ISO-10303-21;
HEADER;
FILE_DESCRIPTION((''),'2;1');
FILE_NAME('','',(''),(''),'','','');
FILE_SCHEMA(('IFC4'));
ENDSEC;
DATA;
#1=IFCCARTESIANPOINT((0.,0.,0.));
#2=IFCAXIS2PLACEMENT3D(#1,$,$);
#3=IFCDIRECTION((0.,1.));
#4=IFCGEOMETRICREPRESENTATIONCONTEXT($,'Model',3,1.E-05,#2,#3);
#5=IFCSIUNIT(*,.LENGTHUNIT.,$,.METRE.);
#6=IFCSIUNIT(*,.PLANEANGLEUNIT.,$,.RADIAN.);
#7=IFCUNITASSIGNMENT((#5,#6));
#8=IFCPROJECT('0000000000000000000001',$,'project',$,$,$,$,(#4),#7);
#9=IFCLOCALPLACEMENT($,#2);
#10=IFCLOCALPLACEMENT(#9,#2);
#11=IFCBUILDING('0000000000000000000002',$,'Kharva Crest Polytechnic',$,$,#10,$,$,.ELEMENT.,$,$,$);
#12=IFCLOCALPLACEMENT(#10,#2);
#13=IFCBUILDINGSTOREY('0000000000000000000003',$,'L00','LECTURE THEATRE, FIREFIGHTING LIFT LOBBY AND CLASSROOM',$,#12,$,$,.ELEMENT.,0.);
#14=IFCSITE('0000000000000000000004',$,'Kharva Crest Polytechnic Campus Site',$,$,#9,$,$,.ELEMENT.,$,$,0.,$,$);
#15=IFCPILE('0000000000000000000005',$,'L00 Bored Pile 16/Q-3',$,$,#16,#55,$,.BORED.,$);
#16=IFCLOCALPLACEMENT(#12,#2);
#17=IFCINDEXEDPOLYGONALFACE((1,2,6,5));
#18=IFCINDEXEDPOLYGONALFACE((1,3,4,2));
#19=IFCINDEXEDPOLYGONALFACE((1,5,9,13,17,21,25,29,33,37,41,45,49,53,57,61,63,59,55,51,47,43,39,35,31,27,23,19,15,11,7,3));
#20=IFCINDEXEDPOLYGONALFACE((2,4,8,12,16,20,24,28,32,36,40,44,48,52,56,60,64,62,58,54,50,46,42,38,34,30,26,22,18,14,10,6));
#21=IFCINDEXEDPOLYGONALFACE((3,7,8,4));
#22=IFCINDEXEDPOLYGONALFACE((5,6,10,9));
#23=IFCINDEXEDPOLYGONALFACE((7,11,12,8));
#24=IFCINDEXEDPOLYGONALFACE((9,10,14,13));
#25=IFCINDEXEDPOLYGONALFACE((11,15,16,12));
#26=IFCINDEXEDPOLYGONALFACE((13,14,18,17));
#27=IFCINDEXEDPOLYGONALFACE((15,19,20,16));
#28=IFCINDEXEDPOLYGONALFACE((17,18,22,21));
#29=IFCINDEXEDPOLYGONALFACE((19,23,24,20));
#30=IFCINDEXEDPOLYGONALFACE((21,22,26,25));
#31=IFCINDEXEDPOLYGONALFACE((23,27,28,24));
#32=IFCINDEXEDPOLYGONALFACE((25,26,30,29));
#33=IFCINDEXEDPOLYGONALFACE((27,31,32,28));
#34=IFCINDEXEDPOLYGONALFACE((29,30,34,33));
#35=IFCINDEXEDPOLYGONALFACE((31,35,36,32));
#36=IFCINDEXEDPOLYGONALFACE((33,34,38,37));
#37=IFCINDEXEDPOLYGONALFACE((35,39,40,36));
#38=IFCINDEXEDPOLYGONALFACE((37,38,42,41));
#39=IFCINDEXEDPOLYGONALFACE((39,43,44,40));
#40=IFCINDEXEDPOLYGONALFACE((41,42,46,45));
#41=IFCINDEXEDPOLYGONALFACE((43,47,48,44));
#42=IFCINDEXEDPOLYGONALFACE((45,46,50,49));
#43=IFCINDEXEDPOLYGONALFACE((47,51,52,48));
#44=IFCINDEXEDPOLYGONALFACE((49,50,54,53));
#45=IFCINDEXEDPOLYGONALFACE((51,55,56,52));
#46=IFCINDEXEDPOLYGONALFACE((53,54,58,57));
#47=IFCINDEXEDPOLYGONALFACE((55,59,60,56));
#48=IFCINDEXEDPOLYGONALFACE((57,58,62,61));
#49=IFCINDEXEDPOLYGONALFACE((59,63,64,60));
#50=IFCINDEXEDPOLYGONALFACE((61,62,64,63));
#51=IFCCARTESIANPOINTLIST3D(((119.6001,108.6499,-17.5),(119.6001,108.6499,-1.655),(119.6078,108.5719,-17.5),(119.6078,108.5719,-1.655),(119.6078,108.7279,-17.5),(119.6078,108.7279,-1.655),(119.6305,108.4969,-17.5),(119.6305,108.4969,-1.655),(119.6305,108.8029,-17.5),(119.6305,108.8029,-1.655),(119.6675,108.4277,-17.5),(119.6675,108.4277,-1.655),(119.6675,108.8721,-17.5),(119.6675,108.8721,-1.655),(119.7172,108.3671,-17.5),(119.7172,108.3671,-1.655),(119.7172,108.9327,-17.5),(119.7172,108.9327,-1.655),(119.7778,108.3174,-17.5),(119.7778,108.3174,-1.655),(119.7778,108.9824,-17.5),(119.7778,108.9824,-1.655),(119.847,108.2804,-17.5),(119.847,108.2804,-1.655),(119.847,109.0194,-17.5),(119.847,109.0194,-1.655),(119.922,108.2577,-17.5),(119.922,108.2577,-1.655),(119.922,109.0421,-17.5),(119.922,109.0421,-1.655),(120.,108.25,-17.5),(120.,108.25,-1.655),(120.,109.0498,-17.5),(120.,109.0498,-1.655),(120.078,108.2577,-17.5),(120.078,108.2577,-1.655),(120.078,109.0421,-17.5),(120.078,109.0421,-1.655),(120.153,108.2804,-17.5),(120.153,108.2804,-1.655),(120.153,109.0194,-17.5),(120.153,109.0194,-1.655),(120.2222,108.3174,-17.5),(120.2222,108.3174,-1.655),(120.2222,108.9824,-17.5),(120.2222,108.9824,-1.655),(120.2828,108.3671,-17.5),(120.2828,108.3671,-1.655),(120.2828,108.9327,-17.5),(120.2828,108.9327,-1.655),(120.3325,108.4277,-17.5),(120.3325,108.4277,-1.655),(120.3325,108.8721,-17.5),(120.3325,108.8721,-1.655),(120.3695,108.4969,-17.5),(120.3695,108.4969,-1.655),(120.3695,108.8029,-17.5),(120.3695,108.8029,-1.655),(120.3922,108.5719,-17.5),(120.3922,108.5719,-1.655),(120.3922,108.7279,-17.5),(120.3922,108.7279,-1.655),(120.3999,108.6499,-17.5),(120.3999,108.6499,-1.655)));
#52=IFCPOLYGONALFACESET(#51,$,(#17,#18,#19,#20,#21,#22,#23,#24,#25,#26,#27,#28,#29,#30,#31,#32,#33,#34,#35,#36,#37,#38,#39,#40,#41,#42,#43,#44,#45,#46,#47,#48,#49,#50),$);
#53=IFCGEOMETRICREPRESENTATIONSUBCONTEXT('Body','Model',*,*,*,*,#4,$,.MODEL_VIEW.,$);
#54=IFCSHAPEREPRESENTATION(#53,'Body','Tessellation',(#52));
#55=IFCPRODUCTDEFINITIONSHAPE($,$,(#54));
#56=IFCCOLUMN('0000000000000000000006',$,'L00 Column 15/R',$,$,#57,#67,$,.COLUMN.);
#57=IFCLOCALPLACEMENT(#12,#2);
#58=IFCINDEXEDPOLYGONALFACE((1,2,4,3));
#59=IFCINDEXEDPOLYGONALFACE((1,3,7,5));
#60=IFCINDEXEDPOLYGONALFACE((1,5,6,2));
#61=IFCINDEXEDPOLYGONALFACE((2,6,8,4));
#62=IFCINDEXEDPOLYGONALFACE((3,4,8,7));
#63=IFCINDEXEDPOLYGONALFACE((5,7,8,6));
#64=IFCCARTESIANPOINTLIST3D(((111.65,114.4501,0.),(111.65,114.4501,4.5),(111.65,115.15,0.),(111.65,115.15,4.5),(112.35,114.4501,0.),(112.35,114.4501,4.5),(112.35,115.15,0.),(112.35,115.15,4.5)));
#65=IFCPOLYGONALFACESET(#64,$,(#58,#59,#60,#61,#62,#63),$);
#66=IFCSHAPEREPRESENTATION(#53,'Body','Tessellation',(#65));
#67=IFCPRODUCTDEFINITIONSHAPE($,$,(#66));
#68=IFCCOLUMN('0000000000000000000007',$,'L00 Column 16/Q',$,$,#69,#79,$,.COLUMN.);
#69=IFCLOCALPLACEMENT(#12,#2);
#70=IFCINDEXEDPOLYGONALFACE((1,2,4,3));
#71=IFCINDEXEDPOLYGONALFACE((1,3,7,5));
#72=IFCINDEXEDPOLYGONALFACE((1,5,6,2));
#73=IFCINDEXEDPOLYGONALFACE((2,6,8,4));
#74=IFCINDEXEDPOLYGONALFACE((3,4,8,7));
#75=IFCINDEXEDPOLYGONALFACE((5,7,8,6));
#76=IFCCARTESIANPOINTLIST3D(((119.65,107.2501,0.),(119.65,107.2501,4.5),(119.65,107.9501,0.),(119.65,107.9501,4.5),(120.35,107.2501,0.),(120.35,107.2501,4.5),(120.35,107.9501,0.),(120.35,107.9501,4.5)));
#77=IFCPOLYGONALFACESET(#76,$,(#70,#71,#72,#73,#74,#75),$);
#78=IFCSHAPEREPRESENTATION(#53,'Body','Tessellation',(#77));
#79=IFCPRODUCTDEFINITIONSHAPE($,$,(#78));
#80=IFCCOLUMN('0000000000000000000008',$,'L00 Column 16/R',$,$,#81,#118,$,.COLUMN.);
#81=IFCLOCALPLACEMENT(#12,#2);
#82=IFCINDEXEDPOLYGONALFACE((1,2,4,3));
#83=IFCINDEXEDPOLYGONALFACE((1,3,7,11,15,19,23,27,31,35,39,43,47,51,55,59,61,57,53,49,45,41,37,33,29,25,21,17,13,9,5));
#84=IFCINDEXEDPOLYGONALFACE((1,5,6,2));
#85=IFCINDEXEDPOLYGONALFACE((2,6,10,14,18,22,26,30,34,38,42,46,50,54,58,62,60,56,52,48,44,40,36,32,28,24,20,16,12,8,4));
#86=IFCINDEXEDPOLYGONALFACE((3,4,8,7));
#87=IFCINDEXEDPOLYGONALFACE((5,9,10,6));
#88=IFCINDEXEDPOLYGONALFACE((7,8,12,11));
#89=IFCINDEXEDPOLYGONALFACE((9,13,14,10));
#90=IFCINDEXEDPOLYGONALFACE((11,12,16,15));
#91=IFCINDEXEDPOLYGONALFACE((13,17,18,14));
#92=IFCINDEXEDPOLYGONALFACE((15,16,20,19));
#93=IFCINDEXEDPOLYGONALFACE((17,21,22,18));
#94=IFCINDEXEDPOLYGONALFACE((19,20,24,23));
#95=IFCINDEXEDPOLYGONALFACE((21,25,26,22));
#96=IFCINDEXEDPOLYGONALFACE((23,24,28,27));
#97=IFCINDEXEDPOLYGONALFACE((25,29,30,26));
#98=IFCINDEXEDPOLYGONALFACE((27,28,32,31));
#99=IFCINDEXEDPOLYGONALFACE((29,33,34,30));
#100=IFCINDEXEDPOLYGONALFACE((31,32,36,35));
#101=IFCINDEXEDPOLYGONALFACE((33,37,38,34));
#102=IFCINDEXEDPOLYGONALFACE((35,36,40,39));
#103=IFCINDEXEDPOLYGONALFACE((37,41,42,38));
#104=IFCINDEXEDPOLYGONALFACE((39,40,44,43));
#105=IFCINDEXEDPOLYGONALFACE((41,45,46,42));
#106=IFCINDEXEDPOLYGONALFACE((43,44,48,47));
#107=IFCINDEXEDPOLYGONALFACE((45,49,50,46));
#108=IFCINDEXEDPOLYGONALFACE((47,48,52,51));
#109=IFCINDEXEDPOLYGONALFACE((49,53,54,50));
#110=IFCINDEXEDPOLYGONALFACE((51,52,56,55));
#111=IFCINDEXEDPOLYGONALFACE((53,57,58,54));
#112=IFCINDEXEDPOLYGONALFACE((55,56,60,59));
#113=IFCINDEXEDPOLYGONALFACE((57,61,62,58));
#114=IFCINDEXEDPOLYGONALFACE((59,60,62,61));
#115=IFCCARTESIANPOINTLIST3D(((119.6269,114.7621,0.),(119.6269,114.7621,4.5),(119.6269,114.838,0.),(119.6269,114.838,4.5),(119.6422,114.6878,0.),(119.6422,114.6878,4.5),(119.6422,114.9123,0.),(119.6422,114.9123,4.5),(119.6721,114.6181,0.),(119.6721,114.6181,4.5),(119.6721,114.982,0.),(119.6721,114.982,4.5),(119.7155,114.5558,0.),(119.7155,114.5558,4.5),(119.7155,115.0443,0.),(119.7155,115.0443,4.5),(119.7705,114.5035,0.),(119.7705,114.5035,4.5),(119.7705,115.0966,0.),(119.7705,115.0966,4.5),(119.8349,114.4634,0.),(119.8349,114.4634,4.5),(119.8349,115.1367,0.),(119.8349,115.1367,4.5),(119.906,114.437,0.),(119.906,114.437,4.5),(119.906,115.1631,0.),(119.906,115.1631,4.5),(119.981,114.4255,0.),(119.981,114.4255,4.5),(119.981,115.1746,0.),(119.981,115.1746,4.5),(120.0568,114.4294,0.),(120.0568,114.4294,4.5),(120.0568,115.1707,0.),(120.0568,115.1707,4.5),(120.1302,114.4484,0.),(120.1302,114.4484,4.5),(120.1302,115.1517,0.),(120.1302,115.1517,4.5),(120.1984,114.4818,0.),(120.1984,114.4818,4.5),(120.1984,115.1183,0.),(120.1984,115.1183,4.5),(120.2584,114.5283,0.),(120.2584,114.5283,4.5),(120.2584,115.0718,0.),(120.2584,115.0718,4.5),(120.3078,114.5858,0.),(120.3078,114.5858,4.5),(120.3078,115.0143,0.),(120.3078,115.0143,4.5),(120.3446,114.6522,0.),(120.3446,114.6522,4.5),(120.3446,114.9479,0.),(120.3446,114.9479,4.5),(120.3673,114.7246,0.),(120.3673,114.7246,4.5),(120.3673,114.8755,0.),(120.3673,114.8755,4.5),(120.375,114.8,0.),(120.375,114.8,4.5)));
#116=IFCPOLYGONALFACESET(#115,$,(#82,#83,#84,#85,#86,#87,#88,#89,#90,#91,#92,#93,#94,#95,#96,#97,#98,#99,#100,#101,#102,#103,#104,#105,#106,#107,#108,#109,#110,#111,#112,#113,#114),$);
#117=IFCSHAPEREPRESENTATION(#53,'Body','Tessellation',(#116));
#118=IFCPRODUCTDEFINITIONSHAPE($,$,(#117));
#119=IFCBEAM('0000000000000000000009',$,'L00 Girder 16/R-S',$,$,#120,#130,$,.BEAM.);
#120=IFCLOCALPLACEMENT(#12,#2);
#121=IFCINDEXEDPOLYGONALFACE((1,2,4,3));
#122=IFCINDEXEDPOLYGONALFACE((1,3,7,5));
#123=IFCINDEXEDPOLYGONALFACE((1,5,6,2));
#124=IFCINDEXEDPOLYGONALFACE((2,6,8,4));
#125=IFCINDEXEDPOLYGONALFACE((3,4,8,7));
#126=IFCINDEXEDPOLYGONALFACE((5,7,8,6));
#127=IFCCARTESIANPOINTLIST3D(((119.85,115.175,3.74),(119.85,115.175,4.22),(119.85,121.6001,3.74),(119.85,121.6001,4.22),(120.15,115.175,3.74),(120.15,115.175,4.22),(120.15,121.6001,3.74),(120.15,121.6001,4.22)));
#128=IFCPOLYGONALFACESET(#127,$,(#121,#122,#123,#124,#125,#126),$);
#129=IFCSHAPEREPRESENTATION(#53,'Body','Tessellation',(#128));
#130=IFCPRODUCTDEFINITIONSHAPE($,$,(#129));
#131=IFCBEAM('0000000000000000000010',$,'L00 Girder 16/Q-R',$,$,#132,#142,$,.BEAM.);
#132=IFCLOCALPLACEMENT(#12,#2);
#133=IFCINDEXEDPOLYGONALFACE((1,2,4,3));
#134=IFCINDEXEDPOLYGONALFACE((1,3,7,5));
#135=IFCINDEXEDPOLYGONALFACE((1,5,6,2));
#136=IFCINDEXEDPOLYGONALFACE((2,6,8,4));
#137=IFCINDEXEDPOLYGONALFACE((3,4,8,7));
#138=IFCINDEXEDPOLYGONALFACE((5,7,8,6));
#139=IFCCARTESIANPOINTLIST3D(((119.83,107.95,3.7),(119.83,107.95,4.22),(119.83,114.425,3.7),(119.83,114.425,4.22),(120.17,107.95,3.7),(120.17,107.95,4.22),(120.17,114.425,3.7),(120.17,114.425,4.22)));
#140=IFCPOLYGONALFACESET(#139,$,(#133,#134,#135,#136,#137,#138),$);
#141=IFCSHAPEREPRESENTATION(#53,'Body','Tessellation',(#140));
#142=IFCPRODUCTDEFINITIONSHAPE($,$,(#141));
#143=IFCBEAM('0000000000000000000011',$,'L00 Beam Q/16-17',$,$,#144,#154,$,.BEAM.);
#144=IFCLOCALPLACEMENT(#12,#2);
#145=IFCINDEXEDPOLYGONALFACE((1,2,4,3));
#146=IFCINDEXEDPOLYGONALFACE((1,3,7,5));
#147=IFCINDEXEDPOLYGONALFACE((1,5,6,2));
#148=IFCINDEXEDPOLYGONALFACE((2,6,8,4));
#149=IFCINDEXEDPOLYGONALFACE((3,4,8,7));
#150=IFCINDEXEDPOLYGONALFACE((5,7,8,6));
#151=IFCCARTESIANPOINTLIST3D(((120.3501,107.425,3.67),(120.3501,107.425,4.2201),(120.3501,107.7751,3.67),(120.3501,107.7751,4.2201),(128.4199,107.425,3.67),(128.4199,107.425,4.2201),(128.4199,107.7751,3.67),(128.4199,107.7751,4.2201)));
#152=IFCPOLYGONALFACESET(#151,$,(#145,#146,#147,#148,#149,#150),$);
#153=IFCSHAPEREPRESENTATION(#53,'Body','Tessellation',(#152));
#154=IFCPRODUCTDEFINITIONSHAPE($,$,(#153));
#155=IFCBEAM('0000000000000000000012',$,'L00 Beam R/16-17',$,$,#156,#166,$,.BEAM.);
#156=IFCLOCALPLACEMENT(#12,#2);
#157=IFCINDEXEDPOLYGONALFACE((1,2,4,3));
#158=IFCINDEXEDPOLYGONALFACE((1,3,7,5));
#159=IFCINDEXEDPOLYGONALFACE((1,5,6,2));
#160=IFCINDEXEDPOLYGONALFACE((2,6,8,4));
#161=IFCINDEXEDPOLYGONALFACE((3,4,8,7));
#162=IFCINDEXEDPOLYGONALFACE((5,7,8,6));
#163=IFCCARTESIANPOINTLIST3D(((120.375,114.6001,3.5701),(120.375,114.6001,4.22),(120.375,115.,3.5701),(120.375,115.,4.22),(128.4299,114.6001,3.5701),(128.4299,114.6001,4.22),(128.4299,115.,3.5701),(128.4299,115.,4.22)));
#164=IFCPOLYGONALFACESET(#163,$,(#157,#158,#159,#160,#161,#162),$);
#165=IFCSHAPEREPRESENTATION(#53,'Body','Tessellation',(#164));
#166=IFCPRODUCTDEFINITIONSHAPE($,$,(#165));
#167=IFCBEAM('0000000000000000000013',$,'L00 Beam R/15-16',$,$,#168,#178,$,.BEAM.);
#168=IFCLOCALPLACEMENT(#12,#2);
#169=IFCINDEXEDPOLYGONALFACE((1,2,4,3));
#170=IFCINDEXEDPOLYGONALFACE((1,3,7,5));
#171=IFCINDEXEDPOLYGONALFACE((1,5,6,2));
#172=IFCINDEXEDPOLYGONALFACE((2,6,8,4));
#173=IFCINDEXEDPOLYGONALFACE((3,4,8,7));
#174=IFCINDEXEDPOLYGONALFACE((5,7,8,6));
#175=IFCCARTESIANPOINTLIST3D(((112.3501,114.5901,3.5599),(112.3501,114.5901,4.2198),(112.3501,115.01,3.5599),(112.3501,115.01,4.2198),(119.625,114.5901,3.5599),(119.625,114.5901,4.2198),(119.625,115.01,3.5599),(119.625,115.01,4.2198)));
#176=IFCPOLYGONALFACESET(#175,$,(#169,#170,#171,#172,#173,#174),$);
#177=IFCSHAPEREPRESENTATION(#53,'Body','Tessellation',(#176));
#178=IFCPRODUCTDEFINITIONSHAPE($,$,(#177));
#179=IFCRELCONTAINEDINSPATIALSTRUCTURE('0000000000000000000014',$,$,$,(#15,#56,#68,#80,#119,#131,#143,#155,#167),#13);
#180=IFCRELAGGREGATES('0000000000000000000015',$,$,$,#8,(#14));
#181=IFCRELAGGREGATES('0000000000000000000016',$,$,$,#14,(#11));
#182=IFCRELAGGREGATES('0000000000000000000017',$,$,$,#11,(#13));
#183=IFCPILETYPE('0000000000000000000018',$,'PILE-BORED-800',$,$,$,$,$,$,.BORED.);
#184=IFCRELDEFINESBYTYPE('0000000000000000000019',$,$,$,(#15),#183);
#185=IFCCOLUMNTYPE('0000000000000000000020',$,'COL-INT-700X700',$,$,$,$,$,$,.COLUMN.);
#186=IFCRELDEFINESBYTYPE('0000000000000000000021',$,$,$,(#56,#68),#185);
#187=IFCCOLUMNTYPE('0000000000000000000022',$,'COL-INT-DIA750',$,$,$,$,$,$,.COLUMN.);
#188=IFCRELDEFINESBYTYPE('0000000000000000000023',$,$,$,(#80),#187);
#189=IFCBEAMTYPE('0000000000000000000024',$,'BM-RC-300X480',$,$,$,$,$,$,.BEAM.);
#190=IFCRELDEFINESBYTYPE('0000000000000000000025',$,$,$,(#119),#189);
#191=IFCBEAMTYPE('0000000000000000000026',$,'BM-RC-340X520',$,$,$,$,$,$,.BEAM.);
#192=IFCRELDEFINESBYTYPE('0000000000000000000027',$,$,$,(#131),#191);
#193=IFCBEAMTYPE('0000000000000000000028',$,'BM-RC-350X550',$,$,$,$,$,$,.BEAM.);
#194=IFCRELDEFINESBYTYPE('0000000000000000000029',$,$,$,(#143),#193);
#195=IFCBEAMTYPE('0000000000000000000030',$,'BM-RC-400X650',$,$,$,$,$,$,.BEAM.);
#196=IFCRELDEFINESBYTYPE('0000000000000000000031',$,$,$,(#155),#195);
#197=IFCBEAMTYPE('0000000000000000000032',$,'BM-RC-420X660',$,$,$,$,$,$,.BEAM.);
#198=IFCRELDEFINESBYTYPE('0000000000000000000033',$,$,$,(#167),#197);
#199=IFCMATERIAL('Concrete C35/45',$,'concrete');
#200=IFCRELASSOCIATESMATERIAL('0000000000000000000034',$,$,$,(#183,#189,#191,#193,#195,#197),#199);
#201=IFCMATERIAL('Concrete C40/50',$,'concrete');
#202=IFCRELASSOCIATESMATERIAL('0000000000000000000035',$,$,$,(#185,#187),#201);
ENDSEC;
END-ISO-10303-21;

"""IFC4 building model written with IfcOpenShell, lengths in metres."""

from ifc_helpers import new_model, si_unit, direction, frame, origin, origin_2d, place, context, subcontext, project, spatial, rectangle, circle, extrude, material, material_profile, profile_set, type_object, element, save


model = new_model("IFC4")

# Units and contexts
model_context = context("Model", 3, precision=1e-05, world=origin(), true_north=direction((0.0, 1.0)))
body_context = subcontext(model_context, "Body", "Model", "MODEL_VIEW")
ifc_project = project(units=[si_unit("LENGTHUNIT", "METRE"), si_unit("PLANEANGLEUNIT", "RADIAN")], contexts=[model_context])

# Site, building, storey
site_placement = place(None, origin())
site = spatial("IfcSite", under=ifc_project, at=site_placement, Name="Kharva Crest Polytechnic Campus Site", CompositionType="ELEMENT", RefElevation=0.0)
building_placement = place(site_placement, origin())
building = spatial("IfcBuilding", under=site, at=building_placement, Name="Kharva Crest Polytechnic", CompositionType="ELEMENT")
storey_placement = place(building_placement, origin())
storey = spatial("IfcBuildingStorey", under=building, at=storey_placement, Name="L00", Description="LECTURE THEATRE, FIREFIGHTING LIFT LOBBY AND CLASSROOM", CompositionType="ELEMENT", Elevation=0.0)

# Shared definitions
ifc_material_1 = material(Name="Concrete C35/45", Category="concrete")

# Pile
ifc_material_profile_1 = material_profile(ifc_material_1, circle(Radius=0.3999, at=origin_2d()), Name="DIA 800")
ifc_profile_set_1 = profile_set([ifc_material_profile_1], Name="Concrete C35/45")
pile_type_1 = type_object("IfcPileType", Name="PILE-BORED-800", PredefinedType="BORED", material=ifc_profile_set_1)
pile_placement = place(storey_placement, frame((120.0, 108.6499, -1.655), z_axis=(0.0, 0.0, -1.0), x_axis=(1.0, 0.0, 0.0)))
element("IfcPile", 1, at=pile_placement, inside=storey, type_object=pile_type_1, Name="L00 Bored Pile 16/Q-3", PredefinedType="BORED", context=body_context, shape_type="SweptSolid", body=[
    extrude(circle(Radius=0.3999, at=origin_2d()), origin(), (0.0, 0.0, 1.0), 15.845),
])

# Columns
ifc_material_2 = material(Name="Concrete C40/50", Category="concrete")
ifc_material_profile_2 = material_profile(ifc_material_2, rectangle(XDim=0.7, YDim=0.7, at=origin_2d()), Name="RECT 700 X 700")
ifc_profile_set_2 = profile_set([ifc_material_profile_2], Name="Concrete C40/50")
column_type_1 = type_object("IfcColumnType", Name="COL-INT-700X700", PredefinedType="COLUMN", material=ifc_profile_set_2)
for number, where, z_axis, x_axis, name in (
    (2, (112.0, 114.8, 0.0), (0.0, 0.0, 1.0), (1.0, 0.0, 0.0), "L00 Column 15/R"),
    (3, (120.0, 107.6001, 0.0), (0.0, 0.0, 1.0), (1.0, 0.0, 0.0), "L00 Column 16/Q"),
):
    element("IfcColumn", number, at=place(storey_placement, frame(where, z_axis=z_axis, x_axis=x_axis)), inside=storey, type_object=column_type_1, Name=name, PredefinedType="COLUMN", context=body_context, shape_type="SweptSolid", body=[
        extrude(rectangle(XDim=0.7, YDim=0.7, at=origin_2d()), origin(), (0.0, 0.0, 1.0), 4.5),
    ])
ifc_material_profile_3 = material_profile(ifc_material_2, circle(Radius=0.375, at=origin_2d()), Name="DIA 750")
ifc_profile_set_3 = profile_set([ifc_material_profile_3], Name="Concrete C40/50")
column_type_2 = type_object("IfcColumnType", Name="COL-INT-DIA750", PredefinedType="COLUMN", material=ifc_profile_set_3)
column_placement = place(storey_placement, frame((120.0, 114.8, 0.0), z_axis=(0.0, 0.0, 1.0), x_axis=(1.0, 0.0, 0.0)))
element("IfcColumn", 4, at=column_placement, inside=storey, type_object=column_type_2, Name="L00 Column 16/R", PredefinedType="COLUMN", context=body_context, shape_type="SweptSolid", body=[
    extrude(circle(Radius=0.375, at=origin_2d()), origin(), (0.0, 0.0, 1.0), 4.5),
])

# Beams
ifc_material_profile_4 = material_profile(ifc_material_1, rectangle(XDim=0.3, YDim=0.48, at=origin_2d()), Name="RECT 300 X 480")
ifc_profile_set_4 = profile_set([ifc_material_profile_4], Name="Concrete C35/45")
beam_type_1 = type_object("IfcBeamType", Name="BM-RC-300X480", PredefinedType="BEAM", material=ifc_profile_set_4)
beam_1_placement = place(storey_placement, frame((120.0, 115.175, 3.98), z_axis=(0.0, 1.0, 0.0), x_axis=(-1.0, 0.0, 0.0)))
element("IfcBeam", 5, at=beam_1_placement, inside=storey, type_object=beam_type_1, Name="L00 Girder 16/R-S", PredefinedType="BEAM", context=body_context, shape_type="SweptSolid", body=[
    extrude(rectangle(XDim=0.3, YDim=0.48, at=origin_2d()), origin(), (0.0, 0.0, 1.0), 6.425),
])
ifc_material_profile_5 = material_profile(ifc_material_1, rectangle(XDim=0.3401, YDim=0.52, at=origin_2d()), Name="RECT 340 X 520")
ifc_profile_set_5 = profile_set([ifc_material_profile_5], Name="Concrete C35/45")
beam_type_2 = type_object("IfcBeamType", Name="BM-RC-340X520", PredefinedType="BEAM", material=ifc_profile_set_5)
beam_2_placement = place(storey_placement, frame((120.0, 107.95, 3.96), z_axis=(0.0, 1.0, 0.0), x_axis=(-1.0, 0.0, 0.0)))
element("IfcBeam", 6, at=beam_2_placement, inside=storey, type_object=beam_type_2, Name="L00 Girder 16/Q-R", PredefinedType="BEAM", context=body_context, shape_type="SweptSolid", body=[
    extrude(rectangle(XDim=0.3401, YDim=0.52, at=origin_2d()), origin(), (0.0, 0.0, 1.0), 6.4751),
])
ifc_material_profile_6 = material_profile(ifc_material_1, rectangle(XDim=0.3501, YDim=0.55, at=origin_2d()), Name="RECT 350 X 550")
ifc_profile_set_6 = profile_set([ifc_material_profile_6], Name="Concrete C35/45")
beam_type_3 = type_object("IfcBeamType", Name="BM-RC-350X550", PredefinedType="BEAM", material=ifc_profile_set_6)
beam_3_placement = place(storey_placement, frame((120.3501, 107.6001, 3.9451), z_axis=(1.0, 0.0, 0.0), x_axis=(0.0, 1.0, 0.0)))
element("IfcBeam", 7, at=beam_3_placement, inside=storey, type_object=beam_type_3, Name="L00 Beam Q/16-17", PredefinedType="BEAM", context=body_context, shape_type="SweptSolid", body=[
    extrude(rectangle(XDim=0.3501, YDim=0.55, at=origin_2d()), origin(), (0.0, 0.0, 1.0), 8.0698),
])
ifc_material_profile_7 = material_profile(ifc_material_1, rectangle(XDim=0.3999, YDim=0.6499, at=origin_2d()), Name="RECT 400 X 650")
ifc_profile_set_7 = profile_set([ifc_material_profile_7], Name="Concrete C35/45")
beam_type_4 = type_object("IfcBeamType", Name="BM-RC-400X650", PredefinedType="BEAM", material=ifc_profile_set_7)
beam_4_placement = place(storey_placement, frame((120.375, 114.8, 3.895), z_axis=(1.0, 0.0, 0.0), x_axis=(0.0, 1.0, 0.0)))
element("IfcBeam", 8, at=beam_4_placement, inside=storey, type_object=beam_type_4, Name="L00 Beam R/16-17", PredefinedType="BEAM", context=body_context, shape_type="SweptSolid", body=[
    extrude(rectangle(XDim=0.3999, YDim=0.6499, at=origin_2d()), origin(), (0.0, 0.0, 1.0), 8.0549),
])
ifc_material_profile_8 = material_profile(ifc_material_1, rectangle(XDim=0.4199, YDim=0.6599, at=origin_2d()), Name="RECT 420 X 660")
ifc_profile_set_8 = profile_set([ifc_material_profile_8], Name="Concrete C35/45")
beam_type_5 = type_object("IfcBeamType", Name="BM-RC-420X660", PredefinedType="BEAM", material=ifc_profile_set_8)
beam_5_placement = place(storey_placement, frame((112.3501, 114.8, 3.8899), z_axis=(1.0, 0.0, 0.0), x_axis=(0.0, 1.0, 0.0)))
element("IfcBeam", 9, at=beam_5_placement, inside=storey, type_object=beam_type_5, Name="L00 Beam R/15-16", PredefinedType="BEAM", context=body_context, shape_type="SweptSolid", body=[
    extrude(rectangle(XDim=0.4199, YDim=0.6599, at=origin_2d()), origin(), (0.0, 0.0, 1.0), 7.2749),
])

save(model, "model.ifc")
